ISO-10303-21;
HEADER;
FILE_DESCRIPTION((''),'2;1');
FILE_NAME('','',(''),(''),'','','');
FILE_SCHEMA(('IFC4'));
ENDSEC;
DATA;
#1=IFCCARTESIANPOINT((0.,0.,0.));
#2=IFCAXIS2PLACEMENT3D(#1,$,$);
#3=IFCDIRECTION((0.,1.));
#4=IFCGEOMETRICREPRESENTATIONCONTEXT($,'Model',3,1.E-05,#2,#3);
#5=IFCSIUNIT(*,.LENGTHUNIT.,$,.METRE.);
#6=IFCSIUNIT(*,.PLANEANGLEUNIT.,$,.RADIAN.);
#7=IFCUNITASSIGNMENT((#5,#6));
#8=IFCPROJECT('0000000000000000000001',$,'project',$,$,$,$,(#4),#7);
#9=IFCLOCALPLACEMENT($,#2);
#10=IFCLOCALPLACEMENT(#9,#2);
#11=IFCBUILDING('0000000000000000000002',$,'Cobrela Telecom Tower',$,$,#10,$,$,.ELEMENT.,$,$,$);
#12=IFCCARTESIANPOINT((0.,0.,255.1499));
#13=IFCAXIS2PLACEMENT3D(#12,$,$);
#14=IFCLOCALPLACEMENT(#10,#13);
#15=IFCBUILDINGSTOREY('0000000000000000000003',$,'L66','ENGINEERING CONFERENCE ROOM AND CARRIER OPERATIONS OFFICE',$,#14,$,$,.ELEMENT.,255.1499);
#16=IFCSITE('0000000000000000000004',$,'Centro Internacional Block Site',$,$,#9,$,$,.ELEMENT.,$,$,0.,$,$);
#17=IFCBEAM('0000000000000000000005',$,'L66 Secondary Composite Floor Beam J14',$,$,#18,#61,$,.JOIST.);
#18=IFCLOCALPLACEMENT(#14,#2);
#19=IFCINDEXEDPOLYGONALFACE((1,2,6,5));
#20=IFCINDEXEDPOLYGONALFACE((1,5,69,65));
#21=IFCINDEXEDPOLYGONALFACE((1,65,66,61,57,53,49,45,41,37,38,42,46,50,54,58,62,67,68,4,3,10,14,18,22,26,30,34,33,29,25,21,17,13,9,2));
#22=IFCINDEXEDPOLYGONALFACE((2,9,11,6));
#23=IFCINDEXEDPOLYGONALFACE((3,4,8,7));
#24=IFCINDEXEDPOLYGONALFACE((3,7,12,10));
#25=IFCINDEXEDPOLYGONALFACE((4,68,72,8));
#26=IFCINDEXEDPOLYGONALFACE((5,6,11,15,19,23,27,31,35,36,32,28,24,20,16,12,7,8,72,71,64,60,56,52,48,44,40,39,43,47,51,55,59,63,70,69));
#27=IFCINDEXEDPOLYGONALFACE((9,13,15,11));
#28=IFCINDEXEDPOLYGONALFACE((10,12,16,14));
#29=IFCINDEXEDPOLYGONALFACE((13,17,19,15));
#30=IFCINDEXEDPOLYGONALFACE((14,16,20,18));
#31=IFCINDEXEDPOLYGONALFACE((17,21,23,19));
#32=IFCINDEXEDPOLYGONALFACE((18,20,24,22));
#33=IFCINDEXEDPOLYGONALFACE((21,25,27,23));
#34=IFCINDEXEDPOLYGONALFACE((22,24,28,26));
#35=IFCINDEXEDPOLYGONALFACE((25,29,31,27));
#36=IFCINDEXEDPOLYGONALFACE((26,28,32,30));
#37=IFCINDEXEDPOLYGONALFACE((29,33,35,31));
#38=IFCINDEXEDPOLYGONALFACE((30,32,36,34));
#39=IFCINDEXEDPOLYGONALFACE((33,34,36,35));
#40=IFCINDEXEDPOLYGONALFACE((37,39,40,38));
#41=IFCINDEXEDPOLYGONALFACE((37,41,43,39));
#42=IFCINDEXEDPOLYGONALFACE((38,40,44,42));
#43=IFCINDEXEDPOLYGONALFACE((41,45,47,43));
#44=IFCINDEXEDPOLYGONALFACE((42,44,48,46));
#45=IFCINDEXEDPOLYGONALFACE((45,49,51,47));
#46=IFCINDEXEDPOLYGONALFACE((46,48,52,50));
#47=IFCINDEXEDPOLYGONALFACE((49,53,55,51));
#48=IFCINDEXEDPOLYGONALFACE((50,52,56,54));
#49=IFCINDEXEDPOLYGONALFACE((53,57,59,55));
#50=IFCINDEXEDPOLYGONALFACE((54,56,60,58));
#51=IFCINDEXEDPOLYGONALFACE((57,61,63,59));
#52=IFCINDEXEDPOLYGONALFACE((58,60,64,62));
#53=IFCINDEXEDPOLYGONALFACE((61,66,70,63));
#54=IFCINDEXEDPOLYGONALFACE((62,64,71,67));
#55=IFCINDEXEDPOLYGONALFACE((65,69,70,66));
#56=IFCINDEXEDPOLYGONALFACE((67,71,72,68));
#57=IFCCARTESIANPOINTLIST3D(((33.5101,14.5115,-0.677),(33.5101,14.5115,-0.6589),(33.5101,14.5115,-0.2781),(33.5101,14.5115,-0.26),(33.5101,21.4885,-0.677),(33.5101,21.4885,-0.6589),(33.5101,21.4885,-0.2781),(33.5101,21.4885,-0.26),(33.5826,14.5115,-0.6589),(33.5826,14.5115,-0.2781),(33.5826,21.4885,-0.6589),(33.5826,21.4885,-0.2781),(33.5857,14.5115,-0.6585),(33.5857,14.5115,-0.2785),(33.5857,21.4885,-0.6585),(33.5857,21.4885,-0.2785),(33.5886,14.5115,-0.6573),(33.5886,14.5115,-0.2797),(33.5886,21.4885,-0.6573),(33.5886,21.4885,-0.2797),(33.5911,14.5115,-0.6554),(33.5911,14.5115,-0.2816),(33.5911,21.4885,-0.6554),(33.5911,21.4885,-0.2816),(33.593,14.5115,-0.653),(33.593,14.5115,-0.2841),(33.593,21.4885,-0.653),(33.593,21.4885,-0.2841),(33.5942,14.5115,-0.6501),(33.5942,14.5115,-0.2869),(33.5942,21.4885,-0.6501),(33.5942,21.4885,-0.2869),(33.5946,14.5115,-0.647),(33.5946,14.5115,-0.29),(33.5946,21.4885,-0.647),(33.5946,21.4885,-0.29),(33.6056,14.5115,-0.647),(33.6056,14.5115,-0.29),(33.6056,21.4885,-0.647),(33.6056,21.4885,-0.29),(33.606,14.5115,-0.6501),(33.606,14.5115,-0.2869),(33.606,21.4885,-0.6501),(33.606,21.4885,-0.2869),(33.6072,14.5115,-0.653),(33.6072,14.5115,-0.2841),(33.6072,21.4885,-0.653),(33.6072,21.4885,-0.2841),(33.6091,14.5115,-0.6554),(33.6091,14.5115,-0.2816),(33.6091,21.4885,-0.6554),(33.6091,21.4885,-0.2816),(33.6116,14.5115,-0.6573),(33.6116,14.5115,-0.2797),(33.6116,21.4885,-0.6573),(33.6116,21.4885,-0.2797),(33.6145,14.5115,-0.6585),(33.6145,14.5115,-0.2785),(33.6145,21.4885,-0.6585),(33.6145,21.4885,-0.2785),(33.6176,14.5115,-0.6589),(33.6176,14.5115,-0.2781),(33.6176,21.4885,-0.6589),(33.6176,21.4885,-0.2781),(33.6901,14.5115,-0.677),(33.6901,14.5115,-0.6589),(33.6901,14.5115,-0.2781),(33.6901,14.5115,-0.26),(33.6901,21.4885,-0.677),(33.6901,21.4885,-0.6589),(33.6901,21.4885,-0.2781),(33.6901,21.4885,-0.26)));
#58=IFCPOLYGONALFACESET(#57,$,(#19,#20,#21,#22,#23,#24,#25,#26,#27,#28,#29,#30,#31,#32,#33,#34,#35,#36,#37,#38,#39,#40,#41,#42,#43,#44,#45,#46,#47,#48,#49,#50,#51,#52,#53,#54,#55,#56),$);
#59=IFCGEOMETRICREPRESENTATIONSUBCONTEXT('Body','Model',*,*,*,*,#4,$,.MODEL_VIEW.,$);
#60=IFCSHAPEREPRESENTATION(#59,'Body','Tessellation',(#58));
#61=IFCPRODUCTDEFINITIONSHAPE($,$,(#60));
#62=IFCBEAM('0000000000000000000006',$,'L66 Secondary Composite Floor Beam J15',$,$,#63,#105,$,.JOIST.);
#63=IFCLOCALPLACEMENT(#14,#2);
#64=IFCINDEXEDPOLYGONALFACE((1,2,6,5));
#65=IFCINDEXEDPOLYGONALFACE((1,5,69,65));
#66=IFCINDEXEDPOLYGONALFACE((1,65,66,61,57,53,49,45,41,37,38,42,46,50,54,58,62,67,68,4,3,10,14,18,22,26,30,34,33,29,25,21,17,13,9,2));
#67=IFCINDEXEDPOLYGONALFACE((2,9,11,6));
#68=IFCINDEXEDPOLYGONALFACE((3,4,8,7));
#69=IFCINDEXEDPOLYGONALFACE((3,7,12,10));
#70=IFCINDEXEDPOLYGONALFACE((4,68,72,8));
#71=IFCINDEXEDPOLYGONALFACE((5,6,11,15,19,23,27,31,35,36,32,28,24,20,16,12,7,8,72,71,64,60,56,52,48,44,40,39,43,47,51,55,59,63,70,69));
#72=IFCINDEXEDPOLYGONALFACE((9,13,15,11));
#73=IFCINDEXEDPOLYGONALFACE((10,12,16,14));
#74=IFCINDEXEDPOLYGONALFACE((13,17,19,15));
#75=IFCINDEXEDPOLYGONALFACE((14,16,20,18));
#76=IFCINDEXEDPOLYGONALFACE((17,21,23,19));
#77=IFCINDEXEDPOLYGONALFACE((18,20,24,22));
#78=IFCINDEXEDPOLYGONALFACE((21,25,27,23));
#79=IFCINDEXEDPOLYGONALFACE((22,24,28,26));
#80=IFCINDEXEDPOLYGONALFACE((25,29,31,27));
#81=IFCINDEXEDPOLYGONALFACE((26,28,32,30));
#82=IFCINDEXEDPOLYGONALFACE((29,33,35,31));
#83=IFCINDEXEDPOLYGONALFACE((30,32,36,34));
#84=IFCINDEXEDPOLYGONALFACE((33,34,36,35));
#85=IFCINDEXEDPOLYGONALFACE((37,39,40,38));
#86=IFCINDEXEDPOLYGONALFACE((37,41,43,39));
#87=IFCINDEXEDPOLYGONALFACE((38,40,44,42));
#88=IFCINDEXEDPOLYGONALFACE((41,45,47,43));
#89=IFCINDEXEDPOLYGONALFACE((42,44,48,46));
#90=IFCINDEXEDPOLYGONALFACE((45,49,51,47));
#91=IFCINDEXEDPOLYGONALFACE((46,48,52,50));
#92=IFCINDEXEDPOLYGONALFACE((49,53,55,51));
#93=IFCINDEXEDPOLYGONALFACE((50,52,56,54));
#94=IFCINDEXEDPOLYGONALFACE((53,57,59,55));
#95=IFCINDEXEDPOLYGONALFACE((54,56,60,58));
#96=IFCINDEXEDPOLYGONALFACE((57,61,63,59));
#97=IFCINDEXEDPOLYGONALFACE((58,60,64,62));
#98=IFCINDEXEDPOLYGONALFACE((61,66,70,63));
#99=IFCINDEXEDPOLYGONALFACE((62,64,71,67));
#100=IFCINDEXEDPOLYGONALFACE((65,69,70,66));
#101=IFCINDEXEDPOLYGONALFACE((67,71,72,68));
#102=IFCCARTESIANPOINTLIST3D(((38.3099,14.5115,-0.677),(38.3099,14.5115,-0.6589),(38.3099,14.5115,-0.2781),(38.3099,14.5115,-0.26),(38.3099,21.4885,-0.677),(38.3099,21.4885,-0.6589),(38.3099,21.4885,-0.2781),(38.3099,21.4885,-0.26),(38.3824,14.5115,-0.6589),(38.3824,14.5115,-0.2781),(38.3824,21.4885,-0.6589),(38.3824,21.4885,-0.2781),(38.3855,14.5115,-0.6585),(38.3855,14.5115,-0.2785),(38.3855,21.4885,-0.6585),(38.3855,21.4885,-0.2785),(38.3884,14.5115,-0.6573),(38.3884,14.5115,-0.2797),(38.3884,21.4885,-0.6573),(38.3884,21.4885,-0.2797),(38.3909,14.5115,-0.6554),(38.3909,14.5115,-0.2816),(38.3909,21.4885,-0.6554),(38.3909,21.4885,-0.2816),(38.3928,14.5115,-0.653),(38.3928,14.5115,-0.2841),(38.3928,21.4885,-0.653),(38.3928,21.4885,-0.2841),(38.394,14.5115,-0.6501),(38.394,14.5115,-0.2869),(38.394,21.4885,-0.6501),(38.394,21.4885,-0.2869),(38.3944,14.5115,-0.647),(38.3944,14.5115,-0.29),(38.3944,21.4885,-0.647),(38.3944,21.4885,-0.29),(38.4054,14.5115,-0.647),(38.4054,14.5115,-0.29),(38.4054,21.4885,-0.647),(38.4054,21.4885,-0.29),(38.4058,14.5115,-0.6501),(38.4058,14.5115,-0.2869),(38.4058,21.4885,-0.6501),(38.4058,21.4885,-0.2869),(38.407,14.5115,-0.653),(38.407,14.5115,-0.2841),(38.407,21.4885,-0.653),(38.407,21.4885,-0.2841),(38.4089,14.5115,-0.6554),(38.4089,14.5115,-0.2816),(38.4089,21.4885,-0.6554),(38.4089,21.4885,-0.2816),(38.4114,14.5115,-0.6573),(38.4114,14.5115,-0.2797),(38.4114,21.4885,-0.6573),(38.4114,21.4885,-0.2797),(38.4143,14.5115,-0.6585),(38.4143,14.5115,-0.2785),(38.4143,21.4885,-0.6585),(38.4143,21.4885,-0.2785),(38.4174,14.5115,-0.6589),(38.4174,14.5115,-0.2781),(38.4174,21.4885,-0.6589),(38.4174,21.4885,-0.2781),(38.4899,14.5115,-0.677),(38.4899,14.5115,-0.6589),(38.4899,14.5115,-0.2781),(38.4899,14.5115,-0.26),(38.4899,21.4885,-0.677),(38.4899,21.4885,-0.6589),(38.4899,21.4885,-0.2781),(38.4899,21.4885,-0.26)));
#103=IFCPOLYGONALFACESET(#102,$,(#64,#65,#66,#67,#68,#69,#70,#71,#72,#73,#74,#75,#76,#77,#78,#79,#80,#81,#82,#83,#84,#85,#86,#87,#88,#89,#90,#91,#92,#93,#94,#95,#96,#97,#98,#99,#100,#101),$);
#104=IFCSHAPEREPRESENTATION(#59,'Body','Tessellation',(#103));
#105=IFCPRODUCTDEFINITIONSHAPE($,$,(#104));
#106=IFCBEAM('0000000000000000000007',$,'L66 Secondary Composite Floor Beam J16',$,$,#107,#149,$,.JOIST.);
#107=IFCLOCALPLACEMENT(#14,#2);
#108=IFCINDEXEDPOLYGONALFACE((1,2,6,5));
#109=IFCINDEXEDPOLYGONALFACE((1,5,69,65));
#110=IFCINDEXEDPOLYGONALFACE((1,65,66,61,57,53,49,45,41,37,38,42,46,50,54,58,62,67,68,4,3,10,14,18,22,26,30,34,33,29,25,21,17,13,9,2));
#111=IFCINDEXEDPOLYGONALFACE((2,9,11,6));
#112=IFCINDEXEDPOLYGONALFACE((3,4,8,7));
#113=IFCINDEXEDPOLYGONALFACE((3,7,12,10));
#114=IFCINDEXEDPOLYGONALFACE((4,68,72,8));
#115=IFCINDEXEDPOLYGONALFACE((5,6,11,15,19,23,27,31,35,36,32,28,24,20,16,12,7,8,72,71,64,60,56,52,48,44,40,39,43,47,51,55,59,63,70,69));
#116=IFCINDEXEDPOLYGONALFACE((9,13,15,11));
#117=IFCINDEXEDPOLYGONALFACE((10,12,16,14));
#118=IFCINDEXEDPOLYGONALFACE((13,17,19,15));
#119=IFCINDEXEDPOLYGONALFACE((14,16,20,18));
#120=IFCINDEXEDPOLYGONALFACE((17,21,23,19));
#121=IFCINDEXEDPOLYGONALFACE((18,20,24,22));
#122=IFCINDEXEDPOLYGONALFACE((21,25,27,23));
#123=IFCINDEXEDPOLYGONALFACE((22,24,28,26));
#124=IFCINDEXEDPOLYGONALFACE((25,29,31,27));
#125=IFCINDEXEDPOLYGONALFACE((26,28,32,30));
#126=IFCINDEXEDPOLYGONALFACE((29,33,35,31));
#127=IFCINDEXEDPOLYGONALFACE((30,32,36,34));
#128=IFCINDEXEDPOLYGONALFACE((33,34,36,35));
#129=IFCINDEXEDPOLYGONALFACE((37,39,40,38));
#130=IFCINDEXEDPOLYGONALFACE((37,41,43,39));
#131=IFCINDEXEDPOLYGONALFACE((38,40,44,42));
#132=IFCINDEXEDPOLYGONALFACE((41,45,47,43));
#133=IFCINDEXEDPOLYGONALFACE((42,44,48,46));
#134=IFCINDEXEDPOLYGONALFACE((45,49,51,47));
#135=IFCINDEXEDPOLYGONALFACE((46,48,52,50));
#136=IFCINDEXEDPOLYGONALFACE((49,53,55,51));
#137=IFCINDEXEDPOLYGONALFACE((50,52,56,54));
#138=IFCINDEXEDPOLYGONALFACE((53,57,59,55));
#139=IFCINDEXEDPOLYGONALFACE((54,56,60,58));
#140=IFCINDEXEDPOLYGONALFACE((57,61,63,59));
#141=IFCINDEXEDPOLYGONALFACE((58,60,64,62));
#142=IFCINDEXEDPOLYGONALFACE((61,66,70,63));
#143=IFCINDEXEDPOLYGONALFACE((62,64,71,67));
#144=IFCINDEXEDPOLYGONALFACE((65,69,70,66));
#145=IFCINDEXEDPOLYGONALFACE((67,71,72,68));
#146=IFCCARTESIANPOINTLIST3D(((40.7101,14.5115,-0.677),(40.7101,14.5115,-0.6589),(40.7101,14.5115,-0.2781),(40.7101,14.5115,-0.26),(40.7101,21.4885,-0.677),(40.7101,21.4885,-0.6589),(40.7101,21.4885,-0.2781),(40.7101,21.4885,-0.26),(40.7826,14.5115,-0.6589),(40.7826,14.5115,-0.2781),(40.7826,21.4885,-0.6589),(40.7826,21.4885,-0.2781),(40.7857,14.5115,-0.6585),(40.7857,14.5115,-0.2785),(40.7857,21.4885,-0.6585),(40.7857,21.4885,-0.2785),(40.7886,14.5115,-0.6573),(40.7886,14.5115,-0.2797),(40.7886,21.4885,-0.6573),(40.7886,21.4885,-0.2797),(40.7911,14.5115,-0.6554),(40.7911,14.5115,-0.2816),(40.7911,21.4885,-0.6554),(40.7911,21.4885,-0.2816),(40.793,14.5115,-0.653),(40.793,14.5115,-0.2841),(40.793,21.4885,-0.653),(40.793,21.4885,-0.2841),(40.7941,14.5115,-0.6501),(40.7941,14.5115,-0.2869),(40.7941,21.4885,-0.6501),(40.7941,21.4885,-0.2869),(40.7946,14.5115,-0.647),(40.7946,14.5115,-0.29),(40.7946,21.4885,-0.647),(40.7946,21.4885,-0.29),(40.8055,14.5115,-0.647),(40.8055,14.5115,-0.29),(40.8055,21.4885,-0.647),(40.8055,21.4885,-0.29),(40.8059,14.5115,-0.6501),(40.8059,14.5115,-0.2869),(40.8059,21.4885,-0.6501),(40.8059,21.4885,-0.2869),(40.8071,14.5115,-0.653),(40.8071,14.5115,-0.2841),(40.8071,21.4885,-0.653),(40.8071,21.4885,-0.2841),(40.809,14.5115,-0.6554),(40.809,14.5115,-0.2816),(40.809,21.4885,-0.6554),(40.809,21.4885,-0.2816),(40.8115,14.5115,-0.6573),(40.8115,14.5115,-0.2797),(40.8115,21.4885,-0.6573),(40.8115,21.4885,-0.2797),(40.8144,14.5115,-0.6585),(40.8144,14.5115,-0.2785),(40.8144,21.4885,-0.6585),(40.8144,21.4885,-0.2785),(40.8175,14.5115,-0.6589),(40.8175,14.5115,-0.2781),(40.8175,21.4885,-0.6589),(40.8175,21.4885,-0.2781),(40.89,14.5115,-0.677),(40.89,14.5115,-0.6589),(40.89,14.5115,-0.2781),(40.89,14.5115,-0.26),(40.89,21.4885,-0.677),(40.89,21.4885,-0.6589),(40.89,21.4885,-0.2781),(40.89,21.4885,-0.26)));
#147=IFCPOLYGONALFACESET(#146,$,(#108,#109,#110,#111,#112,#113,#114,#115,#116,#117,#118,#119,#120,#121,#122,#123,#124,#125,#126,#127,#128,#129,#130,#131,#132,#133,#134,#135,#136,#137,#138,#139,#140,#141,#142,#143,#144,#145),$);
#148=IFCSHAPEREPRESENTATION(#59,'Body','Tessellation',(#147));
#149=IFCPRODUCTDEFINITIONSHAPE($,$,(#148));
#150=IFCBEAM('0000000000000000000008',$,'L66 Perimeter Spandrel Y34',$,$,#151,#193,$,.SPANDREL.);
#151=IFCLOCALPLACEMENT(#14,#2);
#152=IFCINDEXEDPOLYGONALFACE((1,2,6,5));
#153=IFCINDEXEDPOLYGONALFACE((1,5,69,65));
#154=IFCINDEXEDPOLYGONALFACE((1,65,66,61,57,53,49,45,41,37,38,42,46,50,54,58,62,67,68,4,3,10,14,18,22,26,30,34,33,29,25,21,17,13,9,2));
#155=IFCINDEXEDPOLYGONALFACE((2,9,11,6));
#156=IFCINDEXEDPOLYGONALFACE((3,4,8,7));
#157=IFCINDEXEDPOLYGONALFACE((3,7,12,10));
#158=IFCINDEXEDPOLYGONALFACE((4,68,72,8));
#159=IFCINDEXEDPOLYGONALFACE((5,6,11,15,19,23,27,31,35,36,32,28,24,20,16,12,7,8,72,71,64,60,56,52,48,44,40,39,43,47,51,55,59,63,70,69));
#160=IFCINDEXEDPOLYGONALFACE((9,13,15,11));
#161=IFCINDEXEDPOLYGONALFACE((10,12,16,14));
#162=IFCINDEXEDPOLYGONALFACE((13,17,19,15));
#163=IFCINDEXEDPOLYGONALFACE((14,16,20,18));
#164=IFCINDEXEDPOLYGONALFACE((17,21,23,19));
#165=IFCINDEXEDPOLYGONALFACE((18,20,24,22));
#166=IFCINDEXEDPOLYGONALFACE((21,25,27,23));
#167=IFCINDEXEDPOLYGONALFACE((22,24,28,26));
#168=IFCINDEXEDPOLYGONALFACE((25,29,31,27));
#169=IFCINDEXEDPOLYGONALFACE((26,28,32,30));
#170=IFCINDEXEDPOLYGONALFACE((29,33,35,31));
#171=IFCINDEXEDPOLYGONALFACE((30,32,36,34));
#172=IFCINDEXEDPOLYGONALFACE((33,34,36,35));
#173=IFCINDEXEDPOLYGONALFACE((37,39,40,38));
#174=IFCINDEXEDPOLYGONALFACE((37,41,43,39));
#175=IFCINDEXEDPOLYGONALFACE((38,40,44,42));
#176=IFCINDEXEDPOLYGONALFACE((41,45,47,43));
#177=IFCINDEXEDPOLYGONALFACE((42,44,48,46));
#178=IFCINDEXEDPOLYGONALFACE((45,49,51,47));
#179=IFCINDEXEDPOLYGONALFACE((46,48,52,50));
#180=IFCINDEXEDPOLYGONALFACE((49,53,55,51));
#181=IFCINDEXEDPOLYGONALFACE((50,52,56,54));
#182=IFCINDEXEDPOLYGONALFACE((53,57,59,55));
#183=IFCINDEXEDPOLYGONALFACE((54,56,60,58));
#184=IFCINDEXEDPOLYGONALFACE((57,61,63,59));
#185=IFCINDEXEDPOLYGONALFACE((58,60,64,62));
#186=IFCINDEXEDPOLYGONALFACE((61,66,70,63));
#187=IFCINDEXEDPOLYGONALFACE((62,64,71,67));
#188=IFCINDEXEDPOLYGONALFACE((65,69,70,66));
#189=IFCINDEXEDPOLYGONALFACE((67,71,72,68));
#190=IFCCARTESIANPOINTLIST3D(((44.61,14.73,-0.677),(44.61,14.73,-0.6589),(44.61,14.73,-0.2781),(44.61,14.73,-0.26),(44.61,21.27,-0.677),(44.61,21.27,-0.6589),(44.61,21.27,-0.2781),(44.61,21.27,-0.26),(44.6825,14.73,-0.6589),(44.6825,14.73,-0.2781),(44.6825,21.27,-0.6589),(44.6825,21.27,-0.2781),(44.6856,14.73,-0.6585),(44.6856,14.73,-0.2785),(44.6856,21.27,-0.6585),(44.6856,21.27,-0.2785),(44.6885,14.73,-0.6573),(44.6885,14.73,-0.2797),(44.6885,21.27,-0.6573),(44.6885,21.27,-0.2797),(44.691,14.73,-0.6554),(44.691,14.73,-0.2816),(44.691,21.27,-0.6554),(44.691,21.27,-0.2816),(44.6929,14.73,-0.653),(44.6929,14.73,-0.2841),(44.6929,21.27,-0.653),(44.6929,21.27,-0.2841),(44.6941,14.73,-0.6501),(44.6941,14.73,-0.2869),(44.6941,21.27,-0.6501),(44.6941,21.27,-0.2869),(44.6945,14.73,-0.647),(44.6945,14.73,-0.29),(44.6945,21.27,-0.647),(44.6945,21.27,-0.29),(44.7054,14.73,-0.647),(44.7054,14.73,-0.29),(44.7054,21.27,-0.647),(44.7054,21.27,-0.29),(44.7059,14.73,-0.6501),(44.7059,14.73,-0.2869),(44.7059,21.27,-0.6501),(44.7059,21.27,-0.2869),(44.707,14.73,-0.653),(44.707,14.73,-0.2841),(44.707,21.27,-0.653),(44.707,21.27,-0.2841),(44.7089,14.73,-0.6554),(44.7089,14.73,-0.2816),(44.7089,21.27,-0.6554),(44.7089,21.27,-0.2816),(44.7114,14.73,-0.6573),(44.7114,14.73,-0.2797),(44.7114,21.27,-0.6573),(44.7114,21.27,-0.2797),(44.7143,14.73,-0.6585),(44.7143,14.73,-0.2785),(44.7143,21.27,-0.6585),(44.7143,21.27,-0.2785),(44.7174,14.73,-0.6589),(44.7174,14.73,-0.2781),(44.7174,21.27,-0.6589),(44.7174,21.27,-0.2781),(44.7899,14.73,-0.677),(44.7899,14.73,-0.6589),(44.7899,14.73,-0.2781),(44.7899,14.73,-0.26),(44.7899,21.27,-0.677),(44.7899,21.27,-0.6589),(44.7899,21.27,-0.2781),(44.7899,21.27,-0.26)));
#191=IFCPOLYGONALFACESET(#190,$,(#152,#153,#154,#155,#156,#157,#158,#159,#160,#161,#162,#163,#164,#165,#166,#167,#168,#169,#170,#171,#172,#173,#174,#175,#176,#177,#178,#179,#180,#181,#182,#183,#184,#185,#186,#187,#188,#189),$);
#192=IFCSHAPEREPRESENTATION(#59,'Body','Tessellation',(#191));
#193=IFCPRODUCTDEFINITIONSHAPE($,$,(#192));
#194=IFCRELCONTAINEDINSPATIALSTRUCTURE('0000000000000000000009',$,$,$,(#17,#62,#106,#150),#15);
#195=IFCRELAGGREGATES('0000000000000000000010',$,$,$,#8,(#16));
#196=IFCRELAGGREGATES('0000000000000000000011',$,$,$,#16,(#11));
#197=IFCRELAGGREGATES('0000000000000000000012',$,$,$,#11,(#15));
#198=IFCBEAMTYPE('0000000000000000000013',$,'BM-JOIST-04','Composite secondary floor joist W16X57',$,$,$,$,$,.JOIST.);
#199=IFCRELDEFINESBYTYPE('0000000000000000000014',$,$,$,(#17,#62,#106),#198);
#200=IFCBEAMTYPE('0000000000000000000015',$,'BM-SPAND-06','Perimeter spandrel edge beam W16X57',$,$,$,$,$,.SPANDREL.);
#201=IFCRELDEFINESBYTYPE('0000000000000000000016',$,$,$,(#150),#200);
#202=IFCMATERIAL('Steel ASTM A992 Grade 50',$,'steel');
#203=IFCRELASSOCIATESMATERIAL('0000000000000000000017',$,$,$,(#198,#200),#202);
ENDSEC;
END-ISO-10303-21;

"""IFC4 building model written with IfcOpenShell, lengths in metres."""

from ifc_helpers import new_model, si_unit, direction, frame, origin, origin_2d, place, context, subcontext, project, spatial, i_section, extrude, material, material_profile, profile_set, type_object, element, save


model = new_model("IFC4")

# Units and contexts
model_context = context("Model", 3, precision=1e-05, world=origin(), true_north=direction((0.0, 1.0)))
body_context = subcontext(model_context, "Body", "Model", "MODEL_VIEW")
ifc_project = project(units=[si_unit("LENGTHUNIT", "METRE"), si_unit("PLANEANGLEUNIT", "RADIAN")], contexts=[model_context])

# Site, building, storey
site_placement = place(None, origin())
site = spatial("IfcSite", under=ifc_project, at=site_placement, Name="Centro Internacional Block Site", CompositionType="ELEMENT", RefElevation=0.0)
building_placement = place(site_placement, origin())
building = spatial("IfcBuilding", under=site, at=building_placement, Name="Cobrela Telecom Tower", CompositionType="ELEMENT")
storey_placement = place(building_placement, frame((0.0, 0.0, 255.1499)))
storey = spatial("IfcBuildingStorey", under=building, at=storey_placement, Name="L66", Description="ENGINEERING CONFERENCE ROOM AND CARRIER OPERATIONS OFFICE", CompositionType="ELEMENT", Elevation=255.1499)

# Shared definitions
ifc_material_1 = material(Name="Steel ASTM A992 Grade 50", Category="steel")

# Beams
ifc_material_profile_1 = material_profile(ifc_material_1, i_section(OverallWidth=0.1799, OverallDepth=0.417, WebThickness=0.011, FlangeThickness=0.0181, FilletRadius=0.012, at=origin_2d()), Name="W16X57")
ifc_profile_set_1 = profile_set([ifc_material_profile_1], Name="Steel ASTM A992 Grade 50")
beam_type_1 = type_object("IfcBeamType", Name="BM-JOIST-04", Description="Composite secondary floor joist W16X57", PredefinedType="JOIST", material=ifc_profile_set_1)
for number, where, z_axis, x_axis, name in (
    (1, (33.6001, 14.5115, -0.4685), (0.0, 1.0, 0.0), (-1.0, 0.0, 0.0), "L66 Secondary Composite Floor Beam J14"),
    (2, (38.3999, 14.5115, -0.4685), (0.0, 1.0, 0.0), (-1.0, 0.0, 0.0), "L66 Secondary Composite Floor Beam J15"),
    (3, (40.8, 14.5115, -0.4685), (0.0, 1.0, 0.0), (-1.0, 0.0, 0.0), "L66 Secondary Composite Floor Beam J16"),
):
    element("IfcBeam", number, at=place(storey_placement, frame(where, z_axis=z_axis, x_axis=x_axis)), inside=storey, type_object=beam_type_1, Name=name, PredefinedType="JOIST", context=body_context, shape_type="SweptSolid", body=[
        extrude(i_section(OverallWidth=0.1799, OverallDepth=0.417, WebThickness=0.011, FlangeThickness=0.0181, FilletRadius=0.012, at=origin_2d()), origin(), (0.0, 0.0, 1.0), 6.9771),
    ])
ifc_material_profile_2 = material_profile(ifc_material_1, i_section(OverallWidth=0.1799, OverallDepth=0.417, WebThickness=0.011, FlangeThickness=0.0181, FilletRadius=0.012, at=origin_2d()), Name="W16X57")
ifc_profile_set_2 = profile_set([ifc_material_profile_2], Name="Steel ASTM A992 Grade 50")
beam_type_2 = type_object("IfcBeamType", Name="BM-SPAND-06", Description="Perimeter spandrel edge beam W16X57", PredefinedType="SPANDREL", material=ifc_profile_set_2)
beam_1_placement = place(storey_placement, frame((44.7, 14.73, -0.4685), z_axis=(0.0, 1.0, 0.0), x_axis=(-1.0, 0.0, 0.0)))
element("IfcBeam", 4, at=beam_1_placement, inside=storey, type_object=beam_type_2, Name="L66 Perimeter Spandrel Y34", PredefinedType="SPANDREL", context=body_context, shape_type="SweptSolid", body=[
    extrude(i_section(OverallWidth=0.1799, OverallDepth=0.417, WebThickness=0.011, FlangeThickness=0.0181, FilletRadius=0.012, at=origin_2d()), origin(), (0.0, 0.0, 1.0), 6.54),
])

save(model, "model.ifc")
